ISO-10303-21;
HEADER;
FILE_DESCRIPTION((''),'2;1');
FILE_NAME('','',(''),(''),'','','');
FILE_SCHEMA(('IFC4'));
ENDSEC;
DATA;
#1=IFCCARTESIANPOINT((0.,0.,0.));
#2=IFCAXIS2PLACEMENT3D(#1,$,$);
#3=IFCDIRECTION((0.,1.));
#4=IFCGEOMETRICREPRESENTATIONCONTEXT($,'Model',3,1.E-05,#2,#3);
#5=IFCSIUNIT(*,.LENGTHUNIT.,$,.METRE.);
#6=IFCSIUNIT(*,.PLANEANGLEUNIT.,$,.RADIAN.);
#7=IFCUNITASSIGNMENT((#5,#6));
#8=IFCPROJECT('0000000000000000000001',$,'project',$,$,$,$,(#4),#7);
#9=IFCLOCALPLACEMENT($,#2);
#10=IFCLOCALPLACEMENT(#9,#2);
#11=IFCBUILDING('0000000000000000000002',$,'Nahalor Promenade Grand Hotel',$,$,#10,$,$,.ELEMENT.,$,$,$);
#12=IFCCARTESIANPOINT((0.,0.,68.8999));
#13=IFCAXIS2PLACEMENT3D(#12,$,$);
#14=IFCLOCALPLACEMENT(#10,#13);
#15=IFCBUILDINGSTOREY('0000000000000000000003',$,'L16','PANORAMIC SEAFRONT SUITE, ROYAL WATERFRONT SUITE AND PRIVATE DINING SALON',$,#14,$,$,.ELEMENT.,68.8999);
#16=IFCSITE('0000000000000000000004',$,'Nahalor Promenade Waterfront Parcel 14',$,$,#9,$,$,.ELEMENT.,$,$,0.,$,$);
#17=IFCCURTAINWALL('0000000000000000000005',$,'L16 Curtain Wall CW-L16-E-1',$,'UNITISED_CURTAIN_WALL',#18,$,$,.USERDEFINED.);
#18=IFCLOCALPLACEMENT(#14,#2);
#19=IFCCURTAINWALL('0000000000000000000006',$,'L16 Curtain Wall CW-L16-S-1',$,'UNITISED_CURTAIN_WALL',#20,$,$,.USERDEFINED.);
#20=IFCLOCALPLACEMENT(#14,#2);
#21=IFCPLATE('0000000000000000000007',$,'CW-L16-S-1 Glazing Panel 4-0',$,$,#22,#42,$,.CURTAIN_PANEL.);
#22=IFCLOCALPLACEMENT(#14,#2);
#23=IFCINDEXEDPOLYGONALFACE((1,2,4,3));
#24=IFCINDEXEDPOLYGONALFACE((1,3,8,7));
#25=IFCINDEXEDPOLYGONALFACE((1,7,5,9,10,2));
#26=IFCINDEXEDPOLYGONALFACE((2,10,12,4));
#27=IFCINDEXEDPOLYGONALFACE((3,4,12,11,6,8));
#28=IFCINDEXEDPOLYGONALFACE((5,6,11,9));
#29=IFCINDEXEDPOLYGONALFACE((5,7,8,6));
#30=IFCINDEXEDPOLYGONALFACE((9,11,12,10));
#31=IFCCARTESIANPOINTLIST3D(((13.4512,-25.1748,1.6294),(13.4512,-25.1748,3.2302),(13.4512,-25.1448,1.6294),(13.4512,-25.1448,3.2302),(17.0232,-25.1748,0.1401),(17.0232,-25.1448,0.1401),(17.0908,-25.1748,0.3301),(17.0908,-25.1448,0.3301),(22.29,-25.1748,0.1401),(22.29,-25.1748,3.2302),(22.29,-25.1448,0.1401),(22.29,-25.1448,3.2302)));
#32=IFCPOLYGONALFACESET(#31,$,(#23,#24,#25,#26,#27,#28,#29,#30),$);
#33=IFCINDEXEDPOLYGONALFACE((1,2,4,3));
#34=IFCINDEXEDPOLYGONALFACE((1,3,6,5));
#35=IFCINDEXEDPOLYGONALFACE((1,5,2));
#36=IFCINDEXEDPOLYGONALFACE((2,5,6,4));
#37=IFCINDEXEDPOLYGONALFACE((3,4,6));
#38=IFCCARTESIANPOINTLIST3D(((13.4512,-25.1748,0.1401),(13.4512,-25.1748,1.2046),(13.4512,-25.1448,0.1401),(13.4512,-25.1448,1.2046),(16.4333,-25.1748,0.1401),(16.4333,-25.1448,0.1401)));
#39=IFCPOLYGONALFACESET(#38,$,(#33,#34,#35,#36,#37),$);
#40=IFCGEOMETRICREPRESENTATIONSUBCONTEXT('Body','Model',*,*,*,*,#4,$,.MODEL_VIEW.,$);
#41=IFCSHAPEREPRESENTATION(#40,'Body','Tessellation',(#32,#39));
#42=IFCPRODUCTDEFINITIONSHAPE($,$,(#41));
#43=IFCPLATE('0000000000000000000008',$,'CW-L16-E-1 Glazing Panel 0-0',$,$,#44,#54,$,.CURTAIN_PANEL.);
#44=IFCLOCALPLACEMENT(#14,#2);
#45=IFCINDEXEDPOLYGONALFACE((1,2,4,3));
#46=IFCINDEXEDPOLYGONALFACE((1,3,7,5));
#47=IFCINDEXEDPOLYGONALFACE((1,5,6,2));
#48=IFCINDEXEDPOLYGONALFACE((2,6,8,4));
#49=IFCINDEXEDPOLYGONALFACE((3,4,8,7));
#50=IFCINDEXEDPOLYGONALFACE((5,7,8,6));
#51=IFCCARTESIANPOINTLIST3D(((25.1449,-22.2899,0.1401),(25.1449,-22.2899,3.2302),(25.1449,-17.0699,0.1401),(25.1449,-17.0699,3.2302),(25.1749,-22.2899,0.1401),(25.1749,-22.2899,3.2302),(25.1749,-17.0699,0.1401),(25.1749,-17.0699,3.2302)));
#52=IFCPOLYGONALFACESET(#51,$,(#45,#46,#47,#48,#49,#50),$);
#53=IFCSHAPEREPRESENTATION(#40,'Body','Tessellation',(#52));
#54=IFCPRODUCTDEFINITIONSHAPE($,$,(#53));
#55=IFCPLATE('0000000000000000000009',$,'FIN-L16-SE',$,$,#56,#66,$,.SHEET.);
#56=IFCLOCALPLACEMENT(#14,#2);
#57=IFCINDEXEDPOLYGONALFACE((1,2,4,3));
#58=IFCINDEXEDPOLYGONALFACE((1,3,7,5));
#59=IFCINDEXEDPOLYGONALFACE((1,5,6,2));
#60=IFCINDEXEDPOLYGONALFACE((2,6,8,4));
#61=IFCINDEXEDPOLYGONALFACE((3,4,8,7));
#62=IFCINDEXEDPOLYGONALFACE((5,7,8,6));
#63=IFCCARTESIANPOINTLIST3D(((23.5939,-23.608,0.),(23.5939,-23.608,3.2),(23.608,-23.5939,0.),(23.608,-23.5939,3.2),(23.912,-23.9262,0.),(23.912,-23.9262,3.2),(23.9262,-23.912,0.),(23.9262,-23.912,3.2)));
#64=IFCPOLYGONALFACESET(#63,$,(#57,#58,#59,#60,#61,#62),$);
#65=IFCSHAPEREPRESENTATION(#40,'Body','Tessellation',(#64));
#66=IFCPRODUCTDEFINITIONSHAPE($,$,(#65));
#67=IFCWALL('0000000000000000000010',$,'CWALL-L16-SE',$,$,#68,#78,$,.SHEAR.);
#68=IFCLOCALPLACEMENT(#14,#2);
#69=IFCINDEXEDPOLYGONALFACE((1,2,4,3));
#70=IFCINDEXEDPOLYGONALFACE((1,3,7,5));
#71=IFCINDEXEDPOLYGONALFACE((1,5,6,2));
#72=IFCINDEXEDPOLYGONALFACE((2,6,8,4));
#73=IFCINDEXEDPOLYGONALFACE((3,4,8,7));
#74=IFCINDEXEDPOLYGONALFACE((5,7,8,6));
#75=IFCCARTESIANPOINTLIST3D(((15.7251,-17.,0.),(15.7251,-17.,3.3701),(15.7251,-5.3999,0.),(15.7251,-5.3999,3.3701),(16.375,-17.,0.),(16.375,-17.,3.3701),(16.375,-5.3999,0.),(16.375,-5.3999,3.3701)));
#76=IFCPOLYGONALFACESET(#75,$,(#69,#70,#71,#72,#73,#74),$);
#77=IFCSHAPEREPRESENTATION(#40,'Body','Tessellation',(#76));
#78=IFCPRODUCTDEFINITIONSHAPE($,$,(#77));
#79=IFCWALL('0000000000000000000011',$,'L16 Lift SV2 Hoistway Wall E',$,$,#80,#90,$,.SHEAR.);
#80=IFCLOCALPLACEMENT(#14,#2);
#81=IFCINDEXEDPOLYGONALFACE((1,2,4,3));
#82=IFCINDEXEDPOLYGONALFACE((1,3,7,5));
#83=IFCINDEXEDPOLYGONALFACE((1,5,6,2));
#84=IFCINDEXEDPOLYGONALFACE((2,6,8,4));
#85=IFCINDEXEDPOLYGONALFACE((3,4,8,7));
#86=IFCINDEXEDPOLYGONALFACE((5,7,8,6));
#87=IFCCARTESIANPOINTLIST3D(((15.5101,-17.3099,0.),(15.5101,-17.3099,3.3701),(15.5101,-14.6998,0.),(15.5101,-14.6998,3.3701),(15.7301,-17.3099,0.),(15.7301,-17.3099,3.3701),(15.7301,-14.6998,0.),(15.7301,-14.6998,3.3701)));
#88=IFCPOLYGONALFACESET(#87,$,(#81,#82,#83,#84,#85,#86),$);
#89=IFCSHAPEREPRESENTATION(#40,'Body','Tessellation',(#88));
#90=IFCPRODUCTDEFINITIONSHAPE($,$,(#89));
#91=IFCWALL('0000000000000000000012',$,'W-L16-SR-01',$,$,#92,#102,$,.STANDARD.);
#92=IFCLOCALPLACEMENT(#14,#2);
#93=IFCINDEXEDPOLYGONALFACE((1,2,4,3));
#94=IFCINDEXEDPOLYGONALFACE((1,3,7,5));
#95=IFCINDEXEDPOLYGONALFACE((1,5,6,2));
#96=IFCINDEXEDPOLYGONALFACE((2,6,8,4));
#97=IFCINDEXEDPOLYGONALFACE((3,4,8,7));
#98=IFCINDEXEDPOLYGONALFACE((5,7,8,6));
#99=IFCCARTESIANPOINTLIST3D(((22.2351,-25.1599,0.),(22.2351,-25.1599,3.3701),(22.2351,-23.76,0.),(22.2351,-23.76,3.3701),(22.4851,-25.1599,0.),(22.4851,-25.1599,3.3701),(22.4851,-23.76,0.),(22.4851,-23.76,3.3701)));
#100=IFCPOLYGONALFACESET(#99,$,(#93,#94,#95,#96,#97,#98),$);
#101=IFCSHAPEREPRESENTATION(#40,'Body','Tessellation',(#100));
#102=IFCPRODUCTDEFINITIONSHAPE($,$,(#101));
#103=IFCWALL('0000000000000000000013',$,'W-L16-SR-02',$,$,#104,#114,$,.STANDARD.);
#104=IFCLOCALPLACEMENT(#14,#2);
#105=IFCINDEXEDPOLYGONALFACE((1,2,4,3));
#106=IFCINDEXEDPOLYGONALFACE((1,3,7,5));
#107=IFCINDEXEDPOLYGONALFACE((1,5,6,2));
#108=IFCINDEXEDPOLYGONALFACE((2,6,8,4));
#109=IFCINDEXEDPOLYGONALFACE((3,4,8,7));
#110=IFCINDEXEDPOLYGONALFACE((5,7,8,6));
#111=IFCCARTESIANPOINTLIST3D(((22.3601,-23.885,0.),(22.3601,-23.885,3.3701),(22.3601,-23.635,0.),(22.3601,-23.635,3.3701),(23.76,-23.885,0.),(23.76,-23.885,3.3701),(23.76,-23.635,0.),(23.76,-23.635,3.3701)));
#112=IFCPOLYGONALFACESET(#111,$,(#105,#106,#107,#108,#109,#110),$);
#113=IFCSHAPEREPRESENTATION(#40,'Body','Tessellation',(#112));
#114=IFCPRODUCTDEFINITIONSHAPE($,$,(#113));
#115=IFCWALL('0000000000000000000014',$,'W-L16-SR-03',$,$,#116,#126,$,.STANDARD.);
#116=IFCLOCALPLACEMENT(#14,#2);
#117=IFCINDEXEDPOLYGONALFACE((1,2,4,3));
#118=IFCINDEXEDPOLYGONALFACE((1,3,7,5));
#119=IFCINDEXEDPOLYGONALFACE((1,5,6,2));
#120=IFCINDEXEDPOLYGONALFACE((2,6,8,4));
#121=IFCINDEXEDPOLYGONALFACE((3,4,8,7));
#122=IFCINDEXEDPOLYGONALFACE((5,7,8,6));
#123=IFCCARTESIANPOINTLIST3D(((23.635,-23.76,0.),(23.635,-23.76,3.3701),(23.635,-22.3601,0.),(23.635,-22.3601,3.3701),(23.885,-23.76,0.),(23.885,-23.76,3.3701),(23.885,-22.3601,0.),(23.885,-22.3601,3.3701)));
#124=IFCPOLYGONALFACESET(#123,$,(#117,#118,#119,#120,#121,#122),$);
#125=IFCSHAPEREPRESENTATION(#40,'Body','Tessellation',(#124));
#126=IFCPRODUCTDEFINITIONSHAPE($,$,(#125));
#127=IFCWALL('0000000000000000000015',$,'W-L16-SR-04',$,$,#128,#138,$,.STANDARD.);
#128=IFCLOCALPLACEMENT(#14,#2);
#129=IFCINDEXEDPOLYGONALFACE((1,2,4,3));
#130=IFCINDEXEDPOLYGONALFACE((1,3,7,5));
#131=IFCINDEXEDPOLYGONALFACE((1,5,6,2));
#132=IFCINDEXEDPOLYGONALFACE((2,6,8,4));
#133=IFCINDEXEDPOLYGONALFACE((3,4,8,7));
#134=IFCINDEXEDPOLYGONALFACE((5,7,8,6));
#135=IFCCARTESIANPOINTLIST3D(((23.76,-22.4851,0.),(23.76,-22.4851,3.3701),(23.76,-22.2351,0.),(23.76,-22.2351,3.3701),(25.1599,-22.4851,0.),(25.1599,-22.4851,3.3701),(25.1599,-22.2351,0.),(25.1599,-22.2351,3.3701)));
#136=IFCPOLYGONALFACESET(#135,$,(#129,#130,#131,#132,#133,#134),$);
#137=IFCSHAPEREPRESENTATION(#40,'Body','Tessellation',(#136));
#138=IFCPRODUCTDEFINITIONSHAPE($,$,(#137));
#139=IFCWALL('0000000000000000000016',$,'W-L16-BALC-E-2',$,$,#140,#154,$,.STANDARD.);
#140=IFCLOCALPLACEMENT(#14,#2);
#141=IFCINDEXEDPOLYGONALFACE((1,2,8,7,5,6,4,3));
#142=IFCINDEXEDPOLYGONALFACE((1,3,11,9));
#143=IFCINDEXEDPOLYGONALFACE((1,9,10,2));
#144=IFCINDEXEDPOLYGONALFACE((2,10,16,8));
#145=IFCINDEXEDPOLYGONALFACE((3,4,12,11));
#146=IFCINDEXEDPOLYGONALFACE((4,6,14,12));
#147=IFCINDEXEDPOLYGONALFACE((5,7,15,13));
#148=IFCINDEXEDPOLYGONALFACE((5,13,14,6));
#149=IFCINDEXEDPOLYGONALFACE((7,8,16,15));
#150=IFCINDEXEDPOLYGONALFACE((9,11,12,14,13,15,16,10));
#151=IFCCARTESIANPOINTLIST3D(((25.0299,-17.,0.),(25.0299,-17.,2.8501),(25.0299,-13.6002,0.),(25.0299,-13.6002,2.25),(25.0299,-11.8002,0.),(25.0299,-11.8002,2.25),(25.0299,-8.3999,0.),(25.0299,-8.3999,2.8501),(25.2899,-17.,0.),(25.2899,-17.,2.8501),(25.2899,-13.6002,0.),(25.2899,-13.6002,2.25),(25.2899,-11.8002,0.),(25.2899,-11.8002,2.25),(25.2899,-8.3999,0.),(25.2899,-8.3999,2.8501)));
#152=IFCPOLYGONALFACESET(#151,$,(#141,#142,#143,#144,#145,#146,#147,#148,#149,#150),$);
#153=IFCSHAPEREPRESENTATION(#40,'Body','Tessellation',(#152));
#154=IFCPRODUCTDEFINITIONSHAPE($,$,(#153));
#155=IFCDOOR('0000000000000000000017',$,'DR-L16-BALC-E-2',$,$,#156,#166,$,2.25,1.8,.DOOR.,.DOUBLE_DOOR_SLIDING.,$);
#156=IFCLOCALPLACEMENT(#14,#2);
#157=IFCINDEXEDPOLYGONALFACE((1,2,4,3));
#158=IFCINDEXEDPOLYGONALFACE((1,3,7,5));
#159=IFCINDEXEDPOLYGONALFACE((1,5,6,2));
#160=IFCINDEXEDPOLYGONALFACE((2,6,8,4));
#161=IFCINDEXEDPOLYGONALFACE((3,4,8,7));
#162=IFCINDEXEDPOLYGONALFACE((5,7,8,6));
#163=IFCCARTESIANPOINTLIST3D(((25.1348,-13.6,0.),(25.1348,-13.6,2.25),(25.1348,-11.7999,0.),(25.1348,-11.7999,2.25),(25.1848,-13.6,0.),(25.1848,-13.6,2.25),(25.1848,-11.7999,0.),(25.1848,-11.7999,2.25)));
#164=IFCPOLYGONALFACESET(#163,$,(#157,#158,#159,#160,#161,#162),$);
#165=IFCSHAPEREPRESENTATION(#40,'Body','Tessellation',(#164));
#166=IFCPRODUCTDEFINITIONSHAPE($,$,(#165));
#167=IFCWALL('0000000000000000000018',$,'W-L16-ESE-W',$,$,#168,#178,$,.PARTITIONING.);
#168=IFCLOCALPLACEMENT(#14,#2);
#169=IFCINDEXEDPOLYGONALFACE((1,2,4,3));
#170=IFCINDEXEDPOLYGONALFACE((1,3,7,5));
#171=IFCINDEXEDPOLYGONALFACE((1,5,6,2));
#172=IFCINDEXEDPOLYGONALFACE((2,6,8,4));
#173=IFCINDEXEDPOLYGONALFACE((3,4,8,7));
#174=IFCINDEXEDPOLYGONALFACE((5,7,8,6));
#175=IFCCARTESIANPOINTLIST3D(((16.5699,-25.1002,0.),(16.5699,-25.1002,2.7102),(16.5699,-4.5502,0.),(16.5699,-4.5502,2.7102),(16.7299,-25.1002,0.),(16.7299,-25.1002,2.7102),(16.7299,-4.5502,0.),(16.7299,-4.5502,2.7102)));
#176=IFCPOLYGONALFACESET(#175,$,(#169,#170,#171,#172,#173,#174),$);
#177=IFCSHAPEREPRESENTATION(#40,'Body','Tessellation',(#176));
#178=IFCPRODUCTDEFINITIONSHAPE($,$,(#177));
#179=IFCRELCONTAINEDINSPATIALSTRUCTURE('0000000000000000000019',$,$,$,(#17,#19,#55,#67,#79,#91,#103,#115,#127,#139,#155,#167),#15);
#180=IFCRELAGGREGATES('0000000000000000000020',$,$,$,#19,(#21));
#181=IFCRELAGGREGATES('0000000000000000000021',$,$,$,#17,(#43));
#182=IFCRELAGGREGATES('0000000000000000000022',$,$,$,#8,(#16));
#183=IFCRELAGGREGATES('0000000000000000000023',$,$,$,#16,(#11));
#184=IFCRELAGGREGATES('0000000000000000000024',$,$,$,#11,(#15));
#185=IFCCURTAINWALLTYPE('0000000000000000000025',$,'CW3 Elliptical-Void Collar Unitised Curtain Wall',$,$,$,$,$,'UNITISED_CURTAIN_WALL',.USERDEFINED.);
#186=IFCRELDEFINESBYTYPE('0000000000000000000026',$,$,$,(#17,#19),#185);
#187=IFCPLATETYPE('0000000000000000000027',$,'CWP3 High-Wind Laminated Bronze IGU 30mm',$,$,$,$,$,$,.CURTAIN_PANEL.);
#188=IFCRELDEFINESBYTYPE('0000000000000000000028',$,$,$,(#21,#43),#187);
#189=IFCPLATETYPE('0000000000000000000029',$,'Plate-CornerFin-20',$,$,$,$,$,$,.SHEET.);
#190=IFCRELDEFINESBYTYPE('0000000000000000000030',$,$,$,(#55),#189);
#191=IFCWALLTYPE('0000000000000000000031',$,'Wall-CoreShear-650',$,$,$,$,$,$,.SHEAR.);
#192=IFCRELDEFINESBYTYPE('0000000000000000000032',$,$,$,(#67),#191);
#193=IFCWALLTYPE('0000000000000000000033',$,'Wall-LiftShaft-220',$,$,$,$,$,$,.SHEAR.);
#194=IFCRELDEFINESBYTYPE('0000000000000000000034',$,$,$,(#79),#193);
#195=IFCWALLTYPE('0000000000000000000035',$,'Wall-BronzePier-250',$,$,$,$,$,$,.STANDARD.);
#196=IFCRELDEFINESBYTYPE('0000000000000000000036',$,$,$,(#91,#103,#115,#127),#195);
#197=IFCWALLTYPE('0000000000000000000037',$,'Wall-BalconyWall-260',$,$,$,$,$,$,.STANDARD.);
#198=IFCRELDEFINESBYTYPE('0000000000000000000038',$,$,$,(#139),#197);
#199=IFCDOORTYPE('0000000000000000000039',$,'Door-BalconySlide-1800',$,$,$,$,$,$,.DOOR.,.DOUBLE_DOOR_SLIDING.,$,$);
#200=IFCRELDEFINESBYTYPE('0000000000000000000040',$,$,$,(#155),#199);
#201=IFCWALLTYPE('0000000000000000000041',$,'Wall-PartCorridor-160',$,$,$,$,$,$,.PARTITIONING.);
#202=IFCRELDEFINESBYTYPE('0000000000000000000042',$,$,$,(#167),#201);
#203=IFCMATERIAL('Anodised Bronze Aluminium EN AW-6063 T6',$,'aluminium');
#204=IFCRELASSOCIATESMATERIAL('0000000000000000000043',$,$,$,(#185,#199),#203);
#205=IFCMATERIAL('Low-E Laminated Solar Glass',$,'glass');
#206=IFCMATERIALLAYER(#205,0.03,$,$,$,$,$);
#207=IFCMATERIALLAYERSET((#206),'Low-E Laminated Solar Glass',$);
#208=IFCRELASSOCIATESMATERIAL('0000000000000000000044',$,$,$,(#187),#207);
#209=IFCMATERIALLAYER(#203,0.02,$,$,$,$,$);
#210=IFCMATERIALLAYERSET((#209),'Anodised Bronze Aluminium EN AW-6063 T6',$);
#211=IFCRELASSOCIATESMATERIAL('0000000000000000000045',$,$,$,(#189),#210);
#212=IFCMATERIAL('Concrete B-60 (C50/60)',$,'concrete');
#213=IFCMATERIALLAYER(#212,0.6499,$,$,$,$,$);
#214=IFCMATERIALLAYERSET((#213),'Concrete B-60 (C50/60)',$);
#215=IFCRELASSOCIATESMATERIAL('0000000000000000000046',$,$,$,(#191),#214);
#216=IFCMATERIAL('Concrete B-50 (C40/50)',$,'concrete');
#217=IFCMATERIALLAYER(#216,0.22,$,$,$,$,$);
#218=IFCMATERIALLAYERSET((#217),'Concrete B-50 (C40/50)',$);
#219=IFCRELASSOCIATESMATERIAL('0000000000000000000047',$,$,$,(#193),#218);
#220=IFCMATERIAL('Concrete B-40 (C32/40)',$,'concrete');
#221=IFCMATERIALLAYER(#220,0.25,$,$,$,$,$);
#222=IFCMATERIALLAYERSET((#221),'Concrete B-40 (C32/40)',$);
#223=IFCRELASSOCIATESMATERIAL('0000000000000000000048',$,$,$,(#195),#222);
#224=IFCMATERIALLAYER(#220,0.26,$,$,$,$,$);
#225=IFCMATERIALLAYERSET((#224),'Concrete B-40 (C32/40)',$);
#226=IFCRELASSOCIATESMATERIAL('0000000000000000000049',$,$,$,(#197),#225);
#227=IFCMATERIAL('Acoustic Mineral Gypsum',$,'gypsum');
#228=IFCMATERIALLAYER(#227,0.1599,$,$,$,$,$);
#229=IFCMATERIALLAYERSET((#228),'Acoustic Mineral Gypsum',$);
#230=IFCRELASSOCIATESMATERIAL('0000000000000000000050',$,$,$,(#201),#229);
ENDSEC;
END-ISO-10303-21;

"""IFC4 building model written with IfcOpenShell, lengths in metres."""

from ifc_helpers import new_model, si_unit, direction, frame, frame_2d, origin, origin_2d, place, context, subcontext, project, spatial, polyline, rectangle, outline, extrude, source, transform, mapped, material, layer, layer_set, type_object, element, fill, aggregate, save


model = new_model("IFC4")

# Units and contexts
model_context = context("Model", 3, precision=1e-05, world=origin(), true_north=direction((0.0, 1.0)))
body_context = subcontext(model_context, "Body", "Model", "MODEL_VIEW")
ifc_project = project(units=[si_unit("LENGTHUNIT", "METRE"), si_unit("PLANEANGLEUNIT", "RADIAN")], contexts=[model_context])

# Site, building, storey
site_placement = place(None, origin())
site = spatial("IfcSite", under=ifc_project, at=site_placement, Name="Nahalor Promenade Waterfront Parcel 14", CompositionType="ELEMENT", RefElevation=0.0)
building_placement = place(site_placement, origin())
building = spatial("IfcBuilding", under=site, at=building_placement, Name="Nahalor Promenade Grand Hotel", CompositionType="ELEMENT")
storey_placement = place(building_placement, frame((0.0, 0.0, 68.8999)))
storey = spatial("IfcBuildingStorey", under=building, at=storey_placement, Name="L16", Description="PANORAMIC SEAFRONT SUITE, ROYAL WATERFRONT SUITE AND PRIVATE DINING SALON", CompositionType="ELEMENT", Elevation=68.8999)

# Curtain wall
ifc_material_1 = material(Name="Anodised Bronze Aluminium EN AW-6063 T6", Category="aluminium")
curtain_wall_type = type_object("IfcCurtainWallType", Name="CW3 Elliptical-Void Collar Unitised Curtain Wall", ElementType="UNITISED_CURTAIN_WALL", PredefinedType="USERDEFINED", material=ifc_material_1)
curtain_wall_1_placement = place(storey_placement, origin())
curtain_wall_1 = element("IfcCurtainWall", 1, at=curtain_wall_1_placement, inside=storey, type_object=curtain_wall_type, Name="L16 Curtain Wall CW-L16-E-1", ObjectType="UNITISED_CURTAIN_WALL", PredefinedType="USERDEFINED")

# Curtain wall
curtain_wall_2_placement = place(storey_placement, origin())
curtain_wall_2 = element("IfcCurtainWall", 2, at=curtain_wall_2_placement, inside=storey, type_object=curtain_wall_type, Name="L16 Curtain Wall CW-L16-S-1", ObjectType="UNITISED_CURTAIN_WALL", PredefinedType="USERDEFINED")

# Plates
ifc_material_2 = material(Name="Low-E Laminated Solar Glass", Category="glass")
ifc_layer_1 = layer(ifc_material_2, 0.03)
ifc_layer_set_1 = layer_set([ifc_layer_1], Name="Low-E Laminated Solar Glass")
plate_type_1 = type_object("IfcPlateType", Name="CWP3 High-Wind Laminated Bronze IGU 30mm", PredefinedType="CURTAIN_PANEL", material=ifc_layer_set_1)
plate_1_placement = place(storey_placement, frame((17.8706, -25.1599, 0.1401), z_axis=(0.0, 0.0, 1.0), x_axis=(1.0, 0.0, 0.0)))
plate_1 = element("IfcPlate", 3, at=plate_1_placement, type_object=plate_type_1, Name="CW-L16-S-1 Glazing Panel 4-0", PredefinedType="CURTAIN_PANEL", context=body_context, shape_type="SweptSolid", body=[
    extrude(outline(polyline([(4.4194, 3.0901), (-4.4194, 3.0901), (-4.4194, 1.4893), (-0.7798, 0.1899), (-0.8474, 0.0), (4.4194, 0.0), (4.4194, 3.0901)])), frame((0.0, 0.0151, 0.0), z_axis=(0.0, -1.0, 0.0), x_axis=(1.0, 0.0, 0.0)), (0.0, 0.0, 1.0), 0.03),
    extrude(outline(polyline([(-4.4194, 1.0645), (-4.4194, 0.0), (-1.4373, 0.0), (-4.4194, 1.0645)])), frame((0.0, 0.0151, 0.0), z_axis=(0.0, -1.0, 0.0), x_axis=(1.0, 0.0, 0.0)), (0.0, 0.0, 1.0), 0.03),
])
aggregate(curtain_wall_2, [plate_1])
shared_shape_1 = source(origin(), body_context, "Body", "SweptSolid", [
    extrude(rectangle(XDim=5.22, YDim=0.03, at=origin_2d()), origin(), (0.0, 0.0, 1.0), 3.0901),
])
plate_2_placement = place(storey_placement, frame((25.1599, -19.6799, 0.1401), z_axis=(0.0, 0.0, 1.0), x_axis=(0.0, 1.0, 0.0)))
plate_2 = element("IfcPlate", 4, at=plate_2_placement, type_object=plate_type_1, Name="CW-L16-E-1 Glazing Panel 0-0", PredefinedType="CURTAIN_PANEL", context=body_context, shape_type="MappedRepresentation", body=[
    mapped(shared_shape_1, transform((0.0, 0.0, 0.0), scale=1.0)),
])
aggregate(curtain_wall_1, [plate_2])
ifc_layer_2 = layer(ifc_material_1, 0.02)
ifc_layer_set_2 = layer_set([ifc_layer_2], Name="Anodised Bronze Aluminium EN AW-6063 T6")
plate_type_2 = type_object("IfcPlateType", Name="Plate-CornerFin-20", PredefinedType="SHEET", material=ifc_layer_set_2)
shared_shape_2 = source(origin(), body_context, "Body", "SweptSolid", [
    extrude(rectangle(XDim=0.45, YDim=0.02, at=origin_2d()), origin(), (0.0, 0.0, 1.0), 3.2),
])
plate_3_placement = place(storey_placement, frame((23.76, -23.76, 0.0), z_axis=(0.0, 0.0, 1.0), x_axis=(-0.707107, 0.707107, 0.0)))
element("IfcPlate", 5, at=plate_3_placement, inside=storey, type_object=plate_type_2, Name="FIN-L16-SE", PredefinedType="SHEET", context=body_context, shape_type="MappedRepresentation", body=[
    mapped(shared_shape_2, transform((0.0, 0.0, 0.0), scale=1.0)),
])

# Walls
ifc_material_3 = material(Name="Concrete B-60 (C50/60)", Category="concrete")
ifc_layer_3 = layer(ifc_material_3, 0.6499)
ifc_layer_set_3 = layer_set([ifc_layer_3], Name="Concrete B-60 (C50/60)")
wall_type_1 = type_object("IfcWallType", Name="Wall-CoreShear-650", PredefinedType="SHEAR", material=ifc_layer_set_3)
shared_shape_3 = source(origin(), body_context, "Body", "SweptSolid", [
    extrude(rectangle(XDim=11.6001, YDim=0.6499, at=frame_2d((5.8, 0.0))), origin(), (0.0, 0.0, 1.0), 3.3701),
])
wall_1_placement = place(storey_placement, frame((16.05, -17.0, 0.0), z_axis=(0.0, 0.0, 1.0), x_axis=(0.0, 1.0, 0.0)))
element("IfcWall", 6, at=wall_1_placement, inside=storey, type_object=wall_type_1, Name="CWALL-L16-SE", PredefinedType="SHEAR", context=body_context, shape_type="MappedRepresentation", body=[
    mapped(shared_shape_3, transform((0.0, 0.0, 0.0), scale=1.0)),
])
ifc_material_4 = material(Name="Concrete B-50 (C40/50)", Category="concrete")
ifc_layer_4 = layer(ifc_material_4, 0.22)
ifc_layer_set_4 = layer_set([ifc_layer_4], Name="Concrete B-50 (C40/50)")
wall_type_2 = type_object("IfcWallType", Name="Wall-LiftShaft-220", PredefinedType="SHEAR", material=ifc_layer_set_4)
shared_shape_4 = source(origin(), body_context, "Body", "SweptSolid", [
    extrude(rectangle(XDim=2.6101, YDim=0.22, at=frame_2d((1.3052, 0.0))), origin(), (0.0, 0.0, 1.0), 3.3701),
])
wall_2_placement = place(storey_placement, frame((15.6201, -17.3101, 0.0), z_axis=(0.0, 0.0, 1.0), x_axis=(0.0, 1.0, 0.0)))
element("IfcWall", 7, at=wall_2_placement, inside=storey, type_object=wall_type_2, Name="L16 Lift SV2 Hoistway Wall E", PredefinedType="SHEAR", context=body_context, shape_type="MappedRepresentation", body=[
    mapped(shared_shape_4, transform((0.0, 0.0, 0.0), scale=1.0)),
])
ifc_material_5 = material(Name="Concrete B-40 (C32/40)", Category="concrete")
ifc_layer_5 = layer(ifc_material_5, 0.25)
ifc_layer_set_5 = layer_set([ifc_layer_5], Name="Concrete B-40 (C32/40)")
wall_type_3 = type_object("IfcWallType", Name="Wall-BronzePier-250", PredefinedType="STANDARD", material=ifc_layer_set_5)
shared_shape_5 = source(origin(), body_context, "Body", "SweptSolid", [
    extrude(rectangle(XDim=1.3999, YDim=0.25, at=frame_2d((0.7, 0.0))), origin(), (0.0, 0.0, 1.0), 3.3701),
])
for number, where, z_axis, x_axis, name in (
    (8, (22.3601, -25.1599, 0.0), (0.0, 0.0, 1.0), (0.0, 1.0, 0.0), "W-L16-SR-01"),
    (9, (22.3601, -23.76, 0.0), (0.0, 0.0, 1.0), (1.0, 0.0, 0.0), "W-L16-SR-02"),
    (10, (23.76, -23.76, 0.0), (0.0, 0.0, 1.0), (0.0, 1.0, 0.0), "W-L16-SR-03"),
    (11, (23.76, -22.3601, 0.0), (0.0, 0.0, 1.0), (1.0, 0.0, 0.0), "W-L16-SR-04"),
):
    element("IfcWall", number, at=place(storey_placement, frame(where, z_axis=z_axis, x_axis=x_axis)), inside=storey, type_object=wall_type_3, Name=name, PredefinedType="STANDARD", context=body_context, shape_type="MappedRepresentation", body=[
        mapped(shared_shape_5, transform((0.0, 0.0, 0.0), scale=1.0)),
    ])

# Wall, opening, door
ifc_layer_6 = layer(ifc_material_5, 0.26)
ifc_layer_set_6 = layer_set([ifc_layer_6], Name="Concrete B-40 (C32/40)")
wall_type_4 = type_object("IfcWallType", Name="Wall-BalconyWall-260", PredefinedType="STANDARD", material=ifc_layer_set_6)
shared_shape_6 = source(origin(), body_context, "Body", "SweptSolid", [
    extrude(rectangle(XDim=8.6001, YDim=0.26, at=frame_2d((4.3, 0.0))), origin(), (0.0, 0.0, 1.0), 2.8501),
])
wall_3_placement = place(storey_placement, frame((25.1599, -17.0, 0.0), z_axis=(0.0, 0.0, 1.0), x_axis=(0.0, 1.0, 0.0)))
wall_3 = element("IfcWall", 12, at=wall_3_placement, inside=storey, type_object=wall_type_4, Name="W-L16-BALC-E-2", PredefinedType="STANDARD", context=body_context, shape_type="MappedRepresentation", body=[
    mapped(shared_shape_6, transform((0.0, 0.0, 0.0), scale=1.0)),
])
opening_placement = place(wall_3_placement, frame((3.3999, 0.0, 0.0)))
opening = element("IfcOpeningElement", 13, at=opening_placement, cuts=wall_3, PredefinedType="OPENING", context=body_context, shape_type="SweptSolid", body=[
    extrude(rectangle(XDim=1.8, YDim=2.25, at=frame_2d((0.8999, 1.125))), frame((0.0, 0.1399, 0.0), z_axis=(0.0, -1.0, 0.0), x_axis=(1.0, 0.0, 0.0)), (0.0, 0.0, 1.0), 0.28),
])
door_type = type_object("IfcDoorType", Name="Door-BalconySlide-1800", OperationType="DOUBLE_DOOR_SLIDING", PredefinedType="DOOR", material=ifc_material_1)
shared_shape_7 = source(origin(), body_context, "Body", "SweptSolid", [
    extrude(rectangle(XDim=1.8, YDim=2.25, at=frame_2d((0.8999, 1.125))), frame((0.0, 0.0249, 0.0), z_axis=(0.0, -1.0, 0.0), x_axis=(1.0, 0.0, 0.0)), (0.0, 0.0, 1.0), 0.05),
])
door_placement = place(opening_placement, frame((1.8, 0.0, 0.0), z_axis=(0.0, 0.0, 1.0), x_axis=(-1.0, 0.0, 0.0)))
door = element("IfcDoor", 14, at=door_placement, inside=storey, type_object=door_type, Name="DR-L16-BALC-E-2", OperationType="DOUBLE_DOOR_SLIDING", OverallHeight=2.25, OverallWidth=1.8, PredefinedType="DOOR", context=body_context, shape_type="MappedRepresentation", body=[
    mapped(shared_shape_7, transform((0.0, 0.0, 0.0), scale=1.0)),
])
fill(opening, door)

# Wall
ifc_material_6 = material(Name="Acoustic Mineral Gypsum", Category="gypsum")
ifc_layer_7 = layer(ifc_material_6, 0.1599)
ifc_layer_set_7 = layer_set([ifc_layer_7], Name="Acoustic Mineral Gypsum")
wall_type_5 = type_object("IfcWallType", Name="Wall-PartCorridor-160", PredefinedType="PARTITIONING", material=ifc_layer_set_7)
shared_shape_8 = source(origin(), body_context, "Body", "SweptSolid", [
    extrude(rectangle(XDim=20.55, YDim=0.1599, at=frame_2d((10.2749, 0.0))), origin(), (0.0, 0.0, 1.0), 2.7102),
])
wall_4_placement = place(storey_placement, frame((16.6499, -25.1001, 0.0), z_axis=(0.0, 0.0, 1.0), x_axis=(0.0, 1.0, 0.0)))
element("IfcWall", 15, at=wall_4_placement, inside=storey, type_object=wall_type_5, Name="W-L16-ESE-W", PredefinedType="PARTITIONING", context=body_context, shape_type="MappedRepresentation", body=[
    mapped(shared_shape_8, transform((0.0, 0.0, 0.0), scale=1.0)),
])

save(model, "model.ifc")
